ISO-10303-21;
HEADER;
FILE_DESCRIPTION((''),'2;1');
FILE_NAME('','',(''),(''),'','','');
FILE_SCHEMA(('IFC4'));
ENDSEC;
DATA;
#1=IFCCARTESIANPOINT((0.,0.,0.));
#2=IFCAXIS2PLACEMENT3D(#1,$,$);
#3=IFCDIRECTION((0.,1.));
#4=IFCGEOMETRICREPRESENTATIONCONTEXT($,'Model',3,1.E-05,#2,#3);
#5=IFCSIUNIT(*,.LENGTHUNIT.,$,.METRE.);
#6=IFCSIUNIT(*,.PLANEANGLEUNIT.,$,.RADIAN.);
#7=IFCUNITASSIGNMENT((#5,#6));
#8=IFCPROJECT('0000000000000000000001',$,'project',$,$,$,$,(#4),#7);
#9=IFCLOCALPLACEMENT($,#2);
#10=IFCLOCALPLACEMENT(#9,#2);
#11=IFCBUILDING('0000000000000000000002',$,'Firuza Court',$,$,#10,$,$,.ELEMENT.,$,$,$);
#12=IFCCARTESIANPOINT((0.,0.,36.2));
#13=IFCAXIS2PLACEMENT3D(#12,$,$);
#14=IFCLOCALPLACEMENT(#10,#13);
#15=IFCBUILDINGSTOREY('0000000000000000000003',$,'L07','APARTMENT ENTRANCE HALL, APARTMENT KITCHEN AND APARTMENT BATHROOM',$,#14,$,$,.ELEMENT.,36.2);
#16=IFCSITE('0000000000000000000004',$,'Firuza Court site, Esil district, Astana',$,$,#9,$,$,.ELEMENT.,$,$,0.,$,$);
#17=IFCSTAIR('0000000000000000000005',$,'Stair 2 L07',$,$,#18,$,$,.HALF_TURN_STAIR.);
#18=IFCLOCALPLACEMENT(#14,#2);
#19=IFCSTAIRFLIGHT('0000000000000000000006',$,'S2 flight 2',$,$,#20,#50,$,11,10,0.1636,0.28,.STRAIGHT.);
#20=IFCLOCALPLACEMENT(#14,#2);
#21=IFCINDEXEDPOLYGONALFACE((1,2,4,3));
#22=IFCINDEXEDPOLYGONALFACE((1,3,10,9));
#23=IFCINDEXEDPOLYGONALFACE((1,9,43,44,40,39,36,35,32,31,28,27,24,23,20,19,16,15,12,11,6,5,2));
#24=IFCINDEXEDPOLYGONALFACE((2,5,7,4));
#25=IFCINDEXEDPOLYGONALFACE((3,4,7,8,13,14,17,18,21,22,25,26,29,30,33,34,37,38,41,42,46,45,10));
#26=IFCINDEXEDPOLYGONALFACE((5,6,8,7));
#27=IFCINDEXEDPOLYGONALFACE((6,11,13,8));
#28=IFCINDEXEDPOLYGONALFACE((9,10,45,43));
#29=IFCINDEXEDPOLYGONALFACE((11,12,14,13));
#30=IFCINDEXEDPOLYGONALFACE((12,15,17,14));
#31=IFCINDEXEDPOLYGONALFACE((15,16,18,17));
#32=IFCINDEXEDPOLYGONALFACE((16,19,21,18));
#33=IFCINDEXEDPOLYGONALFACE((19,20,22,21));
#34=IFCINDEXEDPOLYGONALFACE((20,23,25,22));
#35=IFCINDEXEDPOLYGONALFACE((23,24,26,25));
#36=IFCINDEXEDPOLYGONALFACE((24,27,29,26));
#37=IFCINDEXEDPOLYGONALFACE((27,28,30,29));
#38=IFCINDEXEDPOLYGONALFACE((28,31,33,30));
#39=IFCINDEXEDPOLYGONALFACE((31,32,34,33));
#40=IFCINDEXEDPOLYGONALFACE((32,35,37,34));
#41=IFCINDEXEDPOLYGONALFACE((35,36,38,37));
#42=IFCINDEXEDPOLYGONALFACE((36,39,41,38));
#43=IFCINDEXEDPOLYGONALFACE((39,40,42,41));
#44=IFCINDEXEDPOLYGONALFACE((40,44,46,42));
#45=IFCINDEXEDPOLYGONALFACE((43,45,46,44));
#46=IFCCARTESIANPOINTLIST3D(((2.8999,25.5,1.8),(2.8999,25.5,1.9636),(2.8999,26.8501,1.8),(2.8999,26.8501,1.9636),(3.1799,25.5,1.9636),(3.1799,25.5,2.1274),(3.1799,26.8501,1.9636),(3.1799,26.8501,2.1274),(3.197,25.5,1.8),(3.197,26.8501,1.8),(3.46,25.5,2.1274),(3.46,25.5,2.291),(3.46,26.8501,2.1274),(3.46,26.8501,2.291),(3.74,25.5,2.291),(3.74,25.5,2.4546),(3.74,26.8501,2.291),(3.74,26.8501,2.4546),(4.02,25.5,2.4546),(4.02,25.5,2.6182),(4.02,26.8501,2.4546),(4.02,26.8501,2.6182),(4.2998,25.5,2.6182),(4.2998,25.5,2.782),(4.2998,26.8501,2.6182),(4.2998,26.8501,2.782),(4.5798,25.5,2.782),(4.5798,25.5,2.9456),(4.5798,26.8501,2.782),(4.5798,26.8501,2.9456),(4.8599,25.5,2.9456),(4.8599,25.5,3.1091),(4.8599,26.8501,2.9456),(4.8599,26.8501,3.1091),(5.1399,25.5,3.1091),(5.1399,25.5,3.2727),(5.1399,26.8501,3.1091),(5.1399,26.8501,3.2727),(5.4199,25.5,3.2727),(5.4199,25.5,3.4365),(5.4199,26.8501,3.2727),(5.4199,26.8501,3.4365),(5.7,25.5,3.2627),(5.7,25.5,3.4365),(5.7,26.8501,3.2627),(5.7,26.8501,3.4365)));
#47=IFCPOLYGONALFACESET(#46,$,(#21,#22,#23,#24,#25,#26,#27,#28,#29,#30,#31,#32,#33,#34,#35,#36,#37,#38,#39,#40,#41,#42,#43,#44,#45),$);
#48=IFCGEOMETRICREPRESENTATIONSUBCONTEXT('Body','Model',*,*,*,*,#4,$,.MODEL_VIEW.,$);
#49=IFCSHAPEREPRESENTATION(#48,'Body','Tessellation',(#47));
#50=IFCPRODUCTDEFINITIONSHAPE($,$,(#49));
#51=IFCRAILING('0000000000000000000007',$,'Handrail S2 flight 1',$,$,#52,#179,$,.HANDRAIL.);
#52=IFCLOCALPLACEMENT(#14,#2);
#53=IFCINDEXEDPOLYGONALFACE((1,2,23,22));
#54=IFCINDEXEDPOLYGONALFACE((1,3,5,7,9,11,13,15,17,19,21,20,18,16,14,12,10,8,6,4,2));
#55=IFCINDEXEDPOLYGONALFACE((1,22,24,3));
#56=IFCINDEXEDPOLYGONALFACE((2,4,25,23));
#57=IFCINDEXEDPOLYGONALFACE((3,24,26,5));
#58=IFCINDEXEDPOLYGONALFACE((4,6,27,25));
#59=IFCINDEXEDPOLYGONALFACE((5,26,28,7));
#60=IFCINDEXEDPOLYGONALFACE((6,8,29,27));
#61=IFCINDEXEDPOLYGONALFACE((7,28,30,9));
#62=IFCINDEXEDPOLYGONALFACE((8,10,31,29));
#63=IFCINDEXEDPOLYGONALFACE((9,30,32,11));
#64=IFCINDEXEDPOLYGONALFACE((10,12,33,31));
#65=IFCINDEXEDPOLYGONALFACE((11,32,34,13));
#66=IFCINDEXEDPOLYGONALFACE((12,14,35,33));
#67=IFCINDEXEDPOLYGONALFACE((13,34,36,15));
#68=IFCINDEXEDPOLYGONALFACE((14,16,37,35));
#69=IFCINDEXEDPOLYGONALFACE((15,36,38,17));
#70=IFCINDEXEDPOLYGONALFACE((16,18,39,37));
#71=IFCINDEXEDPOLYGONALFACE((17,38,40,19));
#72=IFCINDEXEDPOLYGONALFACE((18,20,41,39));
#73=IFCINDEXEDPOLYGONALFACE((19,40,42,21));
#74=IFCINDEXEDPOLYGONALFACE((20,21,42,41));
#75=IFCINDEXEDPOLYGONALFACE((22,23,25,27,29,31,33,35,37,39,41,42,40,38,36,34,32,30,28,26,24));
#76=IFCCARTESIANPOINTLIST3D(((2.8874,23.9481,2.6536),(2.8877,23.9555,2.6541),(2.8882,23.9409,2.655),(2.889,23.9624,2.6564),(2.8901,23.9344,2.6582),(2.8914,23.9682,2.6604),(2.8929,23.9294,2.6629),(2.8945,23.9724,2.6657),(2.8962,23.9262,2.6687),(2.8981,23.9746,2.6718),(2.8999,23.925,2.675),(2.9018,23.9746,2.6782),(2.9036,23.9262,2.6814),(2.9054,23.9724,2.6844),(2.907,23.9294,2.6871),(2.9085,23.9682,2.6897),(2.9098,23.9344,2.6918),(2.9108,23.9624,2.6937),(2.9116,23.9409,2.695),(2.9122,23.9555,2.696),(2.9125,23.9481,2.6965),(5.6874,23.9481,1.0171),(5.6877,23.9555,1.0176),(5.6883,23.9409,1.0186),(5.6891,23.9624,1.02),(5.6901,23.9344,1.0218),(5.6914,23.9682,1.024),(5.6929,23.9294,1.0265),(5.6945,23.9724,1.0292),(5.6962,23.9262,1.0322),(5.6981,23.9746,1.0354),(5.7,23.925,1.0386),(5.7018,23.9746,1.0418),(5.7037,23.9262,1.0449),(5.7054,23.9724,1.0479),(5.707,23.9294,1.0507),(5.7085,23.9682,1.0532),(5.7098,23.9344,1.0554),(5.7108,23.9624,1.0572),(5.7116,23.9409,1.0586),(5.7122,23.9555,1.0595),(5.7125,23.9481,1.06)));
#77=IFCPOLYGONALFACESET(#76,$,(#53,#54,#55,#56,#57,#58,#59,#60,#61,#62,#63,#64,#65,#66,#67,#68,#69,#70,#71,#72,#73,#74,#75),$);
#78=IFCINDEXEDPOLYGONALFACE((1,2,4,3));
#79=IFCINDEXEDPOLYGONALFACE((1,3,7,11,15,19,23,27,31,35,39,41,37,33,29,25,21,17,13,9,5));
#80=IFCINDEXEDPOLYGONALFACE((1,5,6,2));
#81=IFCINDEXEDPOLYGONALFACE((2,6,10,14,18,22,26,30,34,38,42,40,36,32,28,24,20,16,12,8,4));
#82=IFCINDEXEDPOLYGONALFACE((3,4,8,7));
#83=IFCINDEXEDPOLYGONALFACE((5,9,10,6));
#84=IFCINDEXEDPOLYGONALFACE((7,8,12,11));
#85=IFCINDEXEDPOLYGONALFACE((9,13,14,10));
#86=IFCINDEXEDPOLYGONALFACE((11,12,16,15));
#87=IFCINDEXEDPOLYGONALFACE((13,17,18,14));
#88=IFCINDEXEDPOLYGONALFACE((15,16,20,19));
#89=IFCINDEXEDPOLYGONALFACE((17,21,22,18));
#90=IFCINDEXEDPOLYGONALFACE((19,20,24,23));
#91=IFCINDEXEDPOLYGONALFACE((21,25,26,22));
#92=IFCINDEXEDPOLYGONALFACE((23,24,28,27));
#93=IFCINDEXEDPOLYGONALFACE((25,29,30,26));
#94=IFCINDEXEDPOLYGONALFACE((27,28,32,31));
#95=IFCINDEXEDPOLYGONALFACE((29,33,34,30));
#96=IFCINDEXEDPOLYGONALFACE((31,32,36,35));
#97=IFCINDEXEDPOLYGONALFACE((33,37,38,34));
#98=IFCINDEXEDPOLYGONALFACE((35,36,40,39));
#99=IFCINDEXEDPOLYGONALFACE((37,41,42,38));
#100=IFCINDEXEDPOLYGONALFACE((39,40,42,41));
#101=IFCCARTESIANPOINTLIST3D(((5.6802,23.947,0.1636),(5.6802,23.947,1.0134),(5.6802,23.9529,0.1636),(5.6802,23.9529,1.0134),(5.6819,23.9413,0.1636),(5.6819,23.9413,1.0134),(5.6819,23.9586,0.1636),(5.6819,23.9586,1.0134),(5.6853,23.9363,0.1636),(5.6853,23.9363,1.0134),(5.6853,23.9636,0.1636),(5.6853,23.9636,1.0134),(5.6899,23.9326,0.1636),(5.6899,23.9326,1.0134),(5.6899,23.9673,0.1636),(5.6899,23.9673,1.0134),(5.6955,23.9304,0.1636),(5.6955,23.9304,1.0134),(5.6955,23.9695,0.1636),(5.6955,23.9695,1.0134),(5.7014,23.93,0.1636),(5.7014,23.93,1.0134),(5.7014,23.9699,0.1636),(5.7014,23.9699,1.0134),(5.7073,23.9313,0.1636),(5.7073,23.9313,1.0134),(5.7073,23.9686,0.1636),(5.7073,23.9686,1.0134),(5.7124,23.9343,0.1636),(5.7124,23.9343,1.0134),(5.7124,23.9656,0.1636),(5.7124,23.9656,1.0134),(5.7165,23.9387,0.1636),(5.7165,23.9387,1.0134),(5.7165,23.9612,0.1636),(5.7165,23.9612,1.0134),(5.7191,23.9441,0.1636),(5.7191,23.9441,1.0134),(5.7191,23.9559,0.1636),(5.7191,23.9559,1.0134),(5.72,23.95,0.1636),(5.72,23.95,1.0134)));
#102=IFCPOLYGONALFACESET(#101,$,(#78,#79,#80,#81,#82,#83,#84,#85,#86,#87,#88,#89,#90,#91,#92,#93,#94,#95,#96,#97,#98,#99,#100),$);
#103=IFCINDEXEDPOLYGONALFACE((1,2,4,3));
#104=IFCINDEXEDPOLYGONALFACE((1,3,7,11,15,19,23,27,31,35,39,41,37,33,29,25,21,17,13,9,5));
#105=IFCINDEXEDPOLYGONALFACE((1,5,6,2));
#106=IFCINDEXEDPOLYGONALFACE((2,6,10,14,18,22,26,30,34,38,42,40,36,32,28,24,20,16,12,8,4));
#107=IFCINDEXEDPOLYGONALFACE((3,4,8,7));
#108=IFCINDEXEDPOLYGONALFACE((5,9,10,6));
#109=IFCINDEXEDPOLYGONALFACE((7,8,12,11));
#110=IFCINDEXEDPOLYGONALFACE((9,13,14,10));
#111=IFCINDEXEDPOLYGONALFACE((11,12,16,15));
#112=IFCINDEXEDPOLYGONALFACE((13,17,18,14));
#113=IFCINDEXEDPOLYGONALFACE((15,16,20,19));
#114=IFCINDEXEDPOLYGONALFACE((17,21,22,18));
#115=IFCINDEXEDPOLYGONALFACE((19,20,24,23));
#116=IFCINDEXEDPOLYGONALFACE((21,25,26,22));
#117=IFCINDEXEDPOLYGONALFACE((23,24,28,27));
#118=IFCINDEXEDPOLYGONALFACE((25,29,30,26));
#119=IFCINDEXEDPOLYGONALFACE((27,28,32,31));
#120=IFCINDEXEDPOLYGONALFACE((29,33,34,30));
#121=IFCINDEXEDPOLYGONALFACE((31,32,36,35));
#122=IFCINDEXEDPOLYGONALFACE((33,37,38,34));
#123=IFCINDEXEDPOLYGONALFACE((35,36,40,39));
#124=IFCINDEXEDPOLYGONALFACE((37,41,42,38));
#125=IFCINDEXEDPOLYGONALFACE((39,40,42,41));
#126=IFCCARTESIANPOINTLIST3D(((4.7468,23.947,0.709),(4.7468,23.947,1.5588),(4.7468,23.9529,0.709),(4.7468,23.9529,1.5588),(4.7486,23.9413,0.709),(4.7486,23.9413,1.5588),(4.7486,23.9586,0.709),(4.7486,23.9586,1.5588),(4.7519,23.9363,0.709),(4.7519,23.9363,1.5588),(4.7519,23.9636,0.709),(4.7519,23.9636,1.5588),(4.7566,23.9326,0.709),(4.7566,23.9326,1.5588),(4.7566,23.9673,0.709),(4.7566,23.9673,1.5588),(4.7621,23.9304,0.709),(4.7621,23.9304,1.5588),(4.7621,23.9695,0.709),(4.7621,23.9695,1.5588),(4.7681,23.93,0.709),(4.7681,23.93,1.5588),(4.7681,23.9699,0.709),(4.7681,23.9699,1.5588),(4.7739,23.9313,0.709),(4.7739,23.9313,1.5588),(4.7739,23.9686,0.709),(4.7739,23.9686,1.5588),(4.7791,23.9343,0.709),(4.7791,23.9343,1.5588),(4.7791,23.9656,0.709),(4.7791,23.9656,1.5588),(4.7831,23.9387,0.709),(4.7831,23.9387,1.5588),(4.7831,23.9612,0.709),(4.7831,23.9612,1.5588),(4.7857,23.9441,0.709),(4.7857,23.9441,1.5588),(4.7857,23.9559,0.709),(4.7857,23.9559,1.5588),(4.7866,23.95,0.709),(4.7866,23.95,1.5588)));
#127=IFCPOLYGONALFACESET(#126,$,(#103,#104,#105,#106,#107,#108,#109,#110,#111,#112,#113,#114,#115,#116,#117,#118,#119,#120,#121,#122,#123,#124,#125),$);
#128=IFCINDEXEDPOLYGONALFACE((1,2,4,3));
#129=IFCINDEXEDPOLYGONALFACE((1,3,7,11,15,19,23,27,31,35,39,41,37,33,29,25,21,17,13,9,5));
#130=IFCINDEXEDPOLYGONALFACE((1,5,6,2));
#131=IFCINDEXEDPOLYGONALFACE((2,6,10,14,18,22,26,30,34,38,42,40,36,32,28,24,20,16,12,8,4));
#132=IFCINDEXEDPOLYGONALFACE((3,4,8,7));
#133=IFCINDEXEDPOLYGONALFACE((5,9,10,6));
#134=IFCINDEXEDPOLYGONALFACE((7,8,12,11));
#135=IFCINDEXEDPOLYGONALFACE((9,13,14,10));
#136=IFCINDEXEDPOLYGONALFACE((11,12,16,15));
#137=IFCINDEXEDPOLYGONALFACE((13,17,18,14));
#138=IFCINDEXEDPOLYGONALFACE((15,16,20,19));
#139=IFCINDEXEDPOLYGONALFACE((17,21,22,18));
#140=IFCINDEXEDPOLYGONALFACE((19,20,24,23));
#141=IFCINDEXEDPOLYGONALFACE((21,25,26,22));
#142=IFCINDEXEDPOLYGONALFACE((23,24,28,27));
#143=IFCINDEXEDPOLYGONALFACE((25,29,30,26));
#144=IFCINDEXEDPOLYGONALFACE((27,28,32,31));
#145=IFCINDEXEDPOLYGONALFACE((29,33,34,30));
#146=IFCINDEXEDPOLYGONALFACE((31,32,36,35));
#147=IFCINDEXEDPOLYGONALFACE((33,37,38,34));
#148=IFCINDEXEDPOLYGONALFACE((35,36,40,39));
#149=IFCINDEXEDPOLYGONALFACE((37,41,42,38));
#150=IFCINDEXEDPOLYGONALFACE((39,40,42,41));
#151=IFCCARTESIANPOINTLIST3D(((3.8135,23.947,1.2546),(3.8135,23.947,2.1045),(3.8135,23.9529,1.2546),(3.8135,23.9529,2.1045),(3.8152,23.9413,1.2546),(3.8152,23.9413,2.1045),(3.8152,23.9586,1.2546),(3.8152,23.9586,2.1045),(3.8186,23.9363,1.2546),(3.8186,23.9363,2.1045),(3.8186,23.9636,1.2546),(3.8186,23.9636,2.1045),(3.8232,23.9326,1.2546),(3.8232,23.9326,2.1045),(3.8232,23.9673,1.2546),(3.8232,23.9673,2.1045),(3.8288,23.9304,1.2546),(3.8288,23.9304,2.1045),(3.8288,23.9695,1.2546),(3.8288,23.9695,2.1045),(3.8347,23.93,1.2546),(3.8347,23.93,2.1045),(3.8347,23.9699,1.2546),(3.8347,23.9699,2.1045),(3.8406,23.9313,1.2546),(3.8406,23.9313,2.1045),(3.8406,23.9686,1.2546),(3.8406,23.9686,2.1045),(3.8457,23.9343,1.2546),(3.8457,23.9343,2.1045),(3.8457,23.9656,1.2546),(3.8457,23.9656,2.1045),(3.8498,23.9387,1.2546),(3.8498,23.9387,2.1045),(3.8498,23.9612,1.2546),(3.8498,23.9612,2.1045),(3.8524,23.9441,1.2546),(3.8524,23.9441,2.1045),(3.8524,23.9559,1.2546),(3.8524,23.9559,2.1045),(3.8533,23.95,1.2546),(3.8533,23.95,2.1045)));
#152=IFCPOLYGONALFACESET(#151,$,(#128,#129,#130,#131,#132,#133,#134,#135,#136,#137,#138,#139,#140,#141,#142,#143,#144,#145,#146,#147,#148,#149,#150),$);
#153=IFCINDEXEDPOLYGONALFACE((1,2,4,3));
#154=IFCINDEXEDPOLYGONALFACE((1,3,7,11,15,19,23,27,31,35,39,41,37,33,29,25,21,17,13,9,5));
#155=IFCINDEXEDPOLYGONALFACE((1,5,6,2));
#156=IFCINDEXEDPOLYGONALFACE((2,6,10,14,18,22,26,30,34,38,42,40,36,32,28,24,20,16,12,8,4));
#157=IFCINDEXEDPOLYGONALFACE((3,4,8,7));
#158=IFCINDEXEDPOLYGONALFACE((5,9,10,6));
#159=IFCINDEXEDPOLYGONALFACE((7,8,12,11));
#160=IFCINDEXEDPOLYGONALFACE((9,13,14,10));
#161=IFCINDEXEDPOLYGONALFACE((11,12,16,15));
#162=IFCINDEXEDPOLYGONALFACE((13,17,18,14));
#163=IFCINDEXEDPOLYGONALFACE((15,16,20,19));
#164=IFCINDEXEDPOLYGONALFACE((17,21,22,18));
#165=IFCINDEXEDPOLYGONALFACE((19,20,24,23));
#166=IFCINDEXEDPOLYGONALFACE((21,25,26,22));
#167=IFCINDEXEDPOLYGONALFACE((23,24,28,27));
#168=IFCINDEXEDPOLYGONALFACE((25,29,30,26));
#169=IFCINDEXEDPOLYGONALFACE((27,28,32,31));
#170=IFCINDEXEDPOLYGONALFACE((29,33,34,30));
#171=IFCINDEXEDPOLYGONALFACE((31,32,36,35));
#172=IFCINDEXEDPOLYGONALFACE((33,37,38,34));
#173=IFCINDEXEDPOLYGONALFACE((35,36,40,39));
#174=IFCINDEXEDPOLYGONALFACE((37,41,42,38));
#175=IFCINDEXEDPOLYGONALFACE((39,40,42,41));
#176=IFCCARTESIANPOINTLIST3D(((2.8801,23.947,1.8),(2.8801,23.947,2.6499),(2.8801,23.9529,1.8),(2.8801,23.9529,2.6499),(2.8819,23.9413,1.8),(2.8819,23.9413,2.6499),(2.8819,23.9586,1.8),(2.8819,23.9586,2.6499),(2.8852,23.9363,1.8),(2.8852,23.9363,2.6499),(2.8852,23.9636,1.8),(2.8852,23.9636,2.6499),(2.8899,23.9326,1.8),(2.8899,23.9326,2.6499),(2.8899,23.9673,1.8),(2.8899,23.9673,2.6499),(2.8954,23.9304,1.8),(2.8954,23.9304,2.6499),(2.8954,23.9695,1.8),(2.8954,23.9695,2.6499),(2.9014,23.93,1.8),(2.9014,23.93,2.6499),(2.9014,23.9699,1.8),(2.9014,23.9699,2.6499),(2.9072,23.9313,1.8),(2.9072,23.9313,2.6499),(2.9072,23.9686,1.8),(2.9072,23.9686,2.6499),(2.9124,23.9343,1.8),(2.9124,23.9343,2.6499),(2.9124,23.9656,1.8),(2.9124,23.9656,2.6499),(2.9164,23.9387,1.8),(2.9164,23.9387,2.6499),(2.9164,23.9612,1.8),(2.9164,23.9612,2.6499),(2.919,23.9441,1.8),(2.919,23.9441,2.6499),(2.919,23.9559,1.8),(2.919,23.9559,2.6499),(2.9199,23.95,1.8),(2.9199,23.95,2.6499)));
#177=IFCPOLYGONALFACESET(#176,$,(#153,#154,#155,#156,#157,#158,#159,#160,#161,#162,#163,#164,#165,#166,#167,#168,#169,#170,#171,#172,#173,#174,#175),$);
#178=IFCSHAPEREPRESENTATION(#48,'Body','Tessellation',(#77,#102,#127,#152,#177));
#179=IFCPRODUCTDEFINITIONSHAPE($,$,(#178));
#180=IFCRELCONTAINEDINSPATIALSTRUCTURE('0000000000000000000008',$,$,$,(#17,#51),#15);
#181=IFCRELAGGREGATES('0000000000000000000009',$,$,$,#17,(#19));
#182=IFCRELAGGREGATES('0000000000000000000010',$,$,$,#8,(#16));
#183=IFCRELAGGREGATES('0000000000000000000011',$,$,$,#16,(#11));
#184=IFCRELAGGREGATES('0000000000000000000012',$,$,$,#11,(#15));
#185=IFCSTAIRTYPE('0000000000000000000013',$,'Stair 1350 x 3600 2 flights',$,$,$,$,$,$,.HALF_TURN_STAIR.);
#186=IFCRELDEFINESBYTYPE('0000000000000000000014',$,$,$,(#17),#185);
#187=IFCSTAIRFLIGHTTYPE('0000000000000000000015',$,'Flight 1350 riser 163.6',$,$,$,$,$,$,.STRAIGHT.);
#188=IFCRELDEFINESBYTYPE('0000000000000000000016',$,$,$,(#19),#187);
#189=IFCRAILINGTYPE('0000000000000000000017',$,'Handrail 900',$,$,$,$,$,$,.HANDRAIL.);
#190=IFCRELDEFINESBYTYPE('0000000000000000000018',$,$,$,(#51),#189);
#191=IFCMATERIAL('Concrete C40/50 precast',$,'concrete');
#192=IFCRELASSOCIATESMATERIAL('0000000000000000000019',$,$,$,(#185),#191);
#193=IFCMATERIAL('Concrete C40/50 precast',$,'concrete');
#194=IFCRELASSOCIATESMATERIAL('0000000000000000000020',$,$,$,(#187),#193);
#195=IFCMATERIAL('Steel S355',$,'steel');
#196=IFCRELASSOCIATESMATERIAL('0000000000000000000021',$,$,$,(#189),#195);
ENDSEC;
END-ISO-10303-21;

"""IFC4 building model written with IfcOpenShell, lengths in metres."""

from ifc_helpers import new_model, si_unit, direction, frame, origin, origin_2d, place, context, subcontext, project, spatial, polyline, circle, outline, extrude, material, type_object, element, aggregate, save


model = new_model("IFC4")

# Units and contexts
model_context = context("Model", 3, precision=1e-05, world=origin(), true_north=direction((0.0, 1.0)))
body_context = subcontext(model_context, "Body", "Model", "MODEL_VIEW")
ifc_project = project(units=[si_unit("LENGTHUNIT", "METRE"), si_unit("PLANEANGLEUNIT", "RADIAN")], contexts=[model_context])

# Site, building, storey
site_placement = place(None, origin())
site = spatial("IfcSite", under=ifc_project, at=site_placement, Name="Firuza Court site, Esil district, Astana", CompositionType="ELEMENT", RefElevation=0.0)
building_placement = place(site_placement, origin())
building = spatial("IfcBuilding", under=site, at=building_placement, Name="Firuza Court", CompositionType="ELEMENT")
storey_placement = place(building_placement, frame((0.0, 0.0, 36.2)))
storey = spatial("IfcBuildingStorey", under=building, at=storey_placement, Name="L07", Description="APARTMENT ENTRANCE HALL, APARTMENT KITCHEN AND APARTMENT BATHROOM", CompositionType="ELEMENT", Elevation=36.2)

# Stair, stair flight
ifc_material_1 = material(Name="Concrete C40/50 precast", Category="concrete")
stair_type = type_object("IfcStairType", Name="Stair 1350 x 3600 2 flights", PredefinedType="HALF_TURN_STAIR", material=ifc_material_1)
stair_placement = place(storey_placement, origin())
stair = element("IfcStair", 1, at=stair_placement, inside=storey, type_object=stair_type, Name="Stair 2 L07", PredefinedType="HALF_TURN_STAIR")
ifc_material_2 = material(Name="Concrete C40/50 precast", Category="concrete")
stair_flight_type = type_object("IfcStairFlightType", Name="Flight 1350 riser 163.6", PredefinedType="STRAIGHT", material=ifc_material_2)
stair_flight_1_placement = place(storey_placement, frame((2.8999, 26.175, 1.8), z_axis=(0.0, 0.0, 1.0), x_axis=(1.0, 0.0, 0.0)))
stair_flight_1 = element("IfcStairFlight", 2, at=stair_flight_1_placement, type_object=stair_flight_type, Name="S2 flight 2", NumberOfRisers=11, NumberOfTreads=10, PredefinedType="STRAIGHT", RiserHeight=0.1636, TreadLength=0.28, context=body_context, shape_type="SweptSolid", body=[
    extrude(outline(polyline([(0.0, 0.0), (0.0, 0.1636), (0.28, 0.1636), (0.28, 0.3274), (0.5601, 0.3274), (0.5601, 0.491), (0.8401, 0.491), (0.8401, 0.6545), (1.1201, 0.6545), (1.1201, 0.8181), (1.3999, 0.8181), (1.3999, 0.9819), (1.6799, 0.9819), (1.6799, 1.1455), (1.96, 1.1455), (1.96, 1.3091), (2.24, 1.3091), (2.24, 1.4727), (2.52, 1.4727), (2.52, 1.6365), (2.8, 1.6365), (2.8, 1.8), (2.8, 1.4626), (0.2971, 0.0), (0.0, 0.0)])), frame((0.0, 0.675, 0.0), z_axis=(0.0, -1.0, 0.0), x_axis=(1.0, 0.0, 0.0)), (0.0, 0.0, 1.0), 1.3501),
])
aggregate(stair, [stair_flight_1])

# Railing
ifc_material_3 = material(Name="Steel S355", Category="steel")
railing_type_1 = type_object("IfcRailingType", Name="Handrail 900", PredefinedType="HANDRAIL", material=ifc_material_3)
railing_1_placement = place(storey_placement, frame((5.7, 23.95, 0.1636)))
element("IfcRailing", 3, at=railing_1_placement, inside=storey, type_object=railing_type_1, Name="Handrail S2 flight 1", PredefinedType="HANDRAIL", context=body_context, shape_type="SweptSolid", body=[
    extrude(circle(Radius=0.0249, at=origin_2d()), frame((0.0, 0.0, 0.875), z_axis=(-0.863361, 0.0, 0.504587), x_axis=(0.0, -1.0, 0.0)), (0.0, 0.0, 1.0), 3.2432),
    extrude(circle(Radius=0.02, at=origin_2d()), origin(), (0.0, 0.0, 1.0), 0.8499),
    extrude(circle(Radius=0.02, at=origin_2d()), frame((-0.9333, 0.0, 0.5454)), (0.0, 0.0, 1.0), 0.8499),
    extrude(circle(Radius=0.02, at=origin_2d()), frame((-1.8667, 0.0, 1.0911)), (0.0, 0.0, 1.0), 0.8499),
    extrude(circle(Radius=0.02, at=origin_2d()), frame((-2.8, 0.0, 1.6365)), (0.0, 0.0, 1.0), 0.8499),
])

save(model, "model.ifc")
